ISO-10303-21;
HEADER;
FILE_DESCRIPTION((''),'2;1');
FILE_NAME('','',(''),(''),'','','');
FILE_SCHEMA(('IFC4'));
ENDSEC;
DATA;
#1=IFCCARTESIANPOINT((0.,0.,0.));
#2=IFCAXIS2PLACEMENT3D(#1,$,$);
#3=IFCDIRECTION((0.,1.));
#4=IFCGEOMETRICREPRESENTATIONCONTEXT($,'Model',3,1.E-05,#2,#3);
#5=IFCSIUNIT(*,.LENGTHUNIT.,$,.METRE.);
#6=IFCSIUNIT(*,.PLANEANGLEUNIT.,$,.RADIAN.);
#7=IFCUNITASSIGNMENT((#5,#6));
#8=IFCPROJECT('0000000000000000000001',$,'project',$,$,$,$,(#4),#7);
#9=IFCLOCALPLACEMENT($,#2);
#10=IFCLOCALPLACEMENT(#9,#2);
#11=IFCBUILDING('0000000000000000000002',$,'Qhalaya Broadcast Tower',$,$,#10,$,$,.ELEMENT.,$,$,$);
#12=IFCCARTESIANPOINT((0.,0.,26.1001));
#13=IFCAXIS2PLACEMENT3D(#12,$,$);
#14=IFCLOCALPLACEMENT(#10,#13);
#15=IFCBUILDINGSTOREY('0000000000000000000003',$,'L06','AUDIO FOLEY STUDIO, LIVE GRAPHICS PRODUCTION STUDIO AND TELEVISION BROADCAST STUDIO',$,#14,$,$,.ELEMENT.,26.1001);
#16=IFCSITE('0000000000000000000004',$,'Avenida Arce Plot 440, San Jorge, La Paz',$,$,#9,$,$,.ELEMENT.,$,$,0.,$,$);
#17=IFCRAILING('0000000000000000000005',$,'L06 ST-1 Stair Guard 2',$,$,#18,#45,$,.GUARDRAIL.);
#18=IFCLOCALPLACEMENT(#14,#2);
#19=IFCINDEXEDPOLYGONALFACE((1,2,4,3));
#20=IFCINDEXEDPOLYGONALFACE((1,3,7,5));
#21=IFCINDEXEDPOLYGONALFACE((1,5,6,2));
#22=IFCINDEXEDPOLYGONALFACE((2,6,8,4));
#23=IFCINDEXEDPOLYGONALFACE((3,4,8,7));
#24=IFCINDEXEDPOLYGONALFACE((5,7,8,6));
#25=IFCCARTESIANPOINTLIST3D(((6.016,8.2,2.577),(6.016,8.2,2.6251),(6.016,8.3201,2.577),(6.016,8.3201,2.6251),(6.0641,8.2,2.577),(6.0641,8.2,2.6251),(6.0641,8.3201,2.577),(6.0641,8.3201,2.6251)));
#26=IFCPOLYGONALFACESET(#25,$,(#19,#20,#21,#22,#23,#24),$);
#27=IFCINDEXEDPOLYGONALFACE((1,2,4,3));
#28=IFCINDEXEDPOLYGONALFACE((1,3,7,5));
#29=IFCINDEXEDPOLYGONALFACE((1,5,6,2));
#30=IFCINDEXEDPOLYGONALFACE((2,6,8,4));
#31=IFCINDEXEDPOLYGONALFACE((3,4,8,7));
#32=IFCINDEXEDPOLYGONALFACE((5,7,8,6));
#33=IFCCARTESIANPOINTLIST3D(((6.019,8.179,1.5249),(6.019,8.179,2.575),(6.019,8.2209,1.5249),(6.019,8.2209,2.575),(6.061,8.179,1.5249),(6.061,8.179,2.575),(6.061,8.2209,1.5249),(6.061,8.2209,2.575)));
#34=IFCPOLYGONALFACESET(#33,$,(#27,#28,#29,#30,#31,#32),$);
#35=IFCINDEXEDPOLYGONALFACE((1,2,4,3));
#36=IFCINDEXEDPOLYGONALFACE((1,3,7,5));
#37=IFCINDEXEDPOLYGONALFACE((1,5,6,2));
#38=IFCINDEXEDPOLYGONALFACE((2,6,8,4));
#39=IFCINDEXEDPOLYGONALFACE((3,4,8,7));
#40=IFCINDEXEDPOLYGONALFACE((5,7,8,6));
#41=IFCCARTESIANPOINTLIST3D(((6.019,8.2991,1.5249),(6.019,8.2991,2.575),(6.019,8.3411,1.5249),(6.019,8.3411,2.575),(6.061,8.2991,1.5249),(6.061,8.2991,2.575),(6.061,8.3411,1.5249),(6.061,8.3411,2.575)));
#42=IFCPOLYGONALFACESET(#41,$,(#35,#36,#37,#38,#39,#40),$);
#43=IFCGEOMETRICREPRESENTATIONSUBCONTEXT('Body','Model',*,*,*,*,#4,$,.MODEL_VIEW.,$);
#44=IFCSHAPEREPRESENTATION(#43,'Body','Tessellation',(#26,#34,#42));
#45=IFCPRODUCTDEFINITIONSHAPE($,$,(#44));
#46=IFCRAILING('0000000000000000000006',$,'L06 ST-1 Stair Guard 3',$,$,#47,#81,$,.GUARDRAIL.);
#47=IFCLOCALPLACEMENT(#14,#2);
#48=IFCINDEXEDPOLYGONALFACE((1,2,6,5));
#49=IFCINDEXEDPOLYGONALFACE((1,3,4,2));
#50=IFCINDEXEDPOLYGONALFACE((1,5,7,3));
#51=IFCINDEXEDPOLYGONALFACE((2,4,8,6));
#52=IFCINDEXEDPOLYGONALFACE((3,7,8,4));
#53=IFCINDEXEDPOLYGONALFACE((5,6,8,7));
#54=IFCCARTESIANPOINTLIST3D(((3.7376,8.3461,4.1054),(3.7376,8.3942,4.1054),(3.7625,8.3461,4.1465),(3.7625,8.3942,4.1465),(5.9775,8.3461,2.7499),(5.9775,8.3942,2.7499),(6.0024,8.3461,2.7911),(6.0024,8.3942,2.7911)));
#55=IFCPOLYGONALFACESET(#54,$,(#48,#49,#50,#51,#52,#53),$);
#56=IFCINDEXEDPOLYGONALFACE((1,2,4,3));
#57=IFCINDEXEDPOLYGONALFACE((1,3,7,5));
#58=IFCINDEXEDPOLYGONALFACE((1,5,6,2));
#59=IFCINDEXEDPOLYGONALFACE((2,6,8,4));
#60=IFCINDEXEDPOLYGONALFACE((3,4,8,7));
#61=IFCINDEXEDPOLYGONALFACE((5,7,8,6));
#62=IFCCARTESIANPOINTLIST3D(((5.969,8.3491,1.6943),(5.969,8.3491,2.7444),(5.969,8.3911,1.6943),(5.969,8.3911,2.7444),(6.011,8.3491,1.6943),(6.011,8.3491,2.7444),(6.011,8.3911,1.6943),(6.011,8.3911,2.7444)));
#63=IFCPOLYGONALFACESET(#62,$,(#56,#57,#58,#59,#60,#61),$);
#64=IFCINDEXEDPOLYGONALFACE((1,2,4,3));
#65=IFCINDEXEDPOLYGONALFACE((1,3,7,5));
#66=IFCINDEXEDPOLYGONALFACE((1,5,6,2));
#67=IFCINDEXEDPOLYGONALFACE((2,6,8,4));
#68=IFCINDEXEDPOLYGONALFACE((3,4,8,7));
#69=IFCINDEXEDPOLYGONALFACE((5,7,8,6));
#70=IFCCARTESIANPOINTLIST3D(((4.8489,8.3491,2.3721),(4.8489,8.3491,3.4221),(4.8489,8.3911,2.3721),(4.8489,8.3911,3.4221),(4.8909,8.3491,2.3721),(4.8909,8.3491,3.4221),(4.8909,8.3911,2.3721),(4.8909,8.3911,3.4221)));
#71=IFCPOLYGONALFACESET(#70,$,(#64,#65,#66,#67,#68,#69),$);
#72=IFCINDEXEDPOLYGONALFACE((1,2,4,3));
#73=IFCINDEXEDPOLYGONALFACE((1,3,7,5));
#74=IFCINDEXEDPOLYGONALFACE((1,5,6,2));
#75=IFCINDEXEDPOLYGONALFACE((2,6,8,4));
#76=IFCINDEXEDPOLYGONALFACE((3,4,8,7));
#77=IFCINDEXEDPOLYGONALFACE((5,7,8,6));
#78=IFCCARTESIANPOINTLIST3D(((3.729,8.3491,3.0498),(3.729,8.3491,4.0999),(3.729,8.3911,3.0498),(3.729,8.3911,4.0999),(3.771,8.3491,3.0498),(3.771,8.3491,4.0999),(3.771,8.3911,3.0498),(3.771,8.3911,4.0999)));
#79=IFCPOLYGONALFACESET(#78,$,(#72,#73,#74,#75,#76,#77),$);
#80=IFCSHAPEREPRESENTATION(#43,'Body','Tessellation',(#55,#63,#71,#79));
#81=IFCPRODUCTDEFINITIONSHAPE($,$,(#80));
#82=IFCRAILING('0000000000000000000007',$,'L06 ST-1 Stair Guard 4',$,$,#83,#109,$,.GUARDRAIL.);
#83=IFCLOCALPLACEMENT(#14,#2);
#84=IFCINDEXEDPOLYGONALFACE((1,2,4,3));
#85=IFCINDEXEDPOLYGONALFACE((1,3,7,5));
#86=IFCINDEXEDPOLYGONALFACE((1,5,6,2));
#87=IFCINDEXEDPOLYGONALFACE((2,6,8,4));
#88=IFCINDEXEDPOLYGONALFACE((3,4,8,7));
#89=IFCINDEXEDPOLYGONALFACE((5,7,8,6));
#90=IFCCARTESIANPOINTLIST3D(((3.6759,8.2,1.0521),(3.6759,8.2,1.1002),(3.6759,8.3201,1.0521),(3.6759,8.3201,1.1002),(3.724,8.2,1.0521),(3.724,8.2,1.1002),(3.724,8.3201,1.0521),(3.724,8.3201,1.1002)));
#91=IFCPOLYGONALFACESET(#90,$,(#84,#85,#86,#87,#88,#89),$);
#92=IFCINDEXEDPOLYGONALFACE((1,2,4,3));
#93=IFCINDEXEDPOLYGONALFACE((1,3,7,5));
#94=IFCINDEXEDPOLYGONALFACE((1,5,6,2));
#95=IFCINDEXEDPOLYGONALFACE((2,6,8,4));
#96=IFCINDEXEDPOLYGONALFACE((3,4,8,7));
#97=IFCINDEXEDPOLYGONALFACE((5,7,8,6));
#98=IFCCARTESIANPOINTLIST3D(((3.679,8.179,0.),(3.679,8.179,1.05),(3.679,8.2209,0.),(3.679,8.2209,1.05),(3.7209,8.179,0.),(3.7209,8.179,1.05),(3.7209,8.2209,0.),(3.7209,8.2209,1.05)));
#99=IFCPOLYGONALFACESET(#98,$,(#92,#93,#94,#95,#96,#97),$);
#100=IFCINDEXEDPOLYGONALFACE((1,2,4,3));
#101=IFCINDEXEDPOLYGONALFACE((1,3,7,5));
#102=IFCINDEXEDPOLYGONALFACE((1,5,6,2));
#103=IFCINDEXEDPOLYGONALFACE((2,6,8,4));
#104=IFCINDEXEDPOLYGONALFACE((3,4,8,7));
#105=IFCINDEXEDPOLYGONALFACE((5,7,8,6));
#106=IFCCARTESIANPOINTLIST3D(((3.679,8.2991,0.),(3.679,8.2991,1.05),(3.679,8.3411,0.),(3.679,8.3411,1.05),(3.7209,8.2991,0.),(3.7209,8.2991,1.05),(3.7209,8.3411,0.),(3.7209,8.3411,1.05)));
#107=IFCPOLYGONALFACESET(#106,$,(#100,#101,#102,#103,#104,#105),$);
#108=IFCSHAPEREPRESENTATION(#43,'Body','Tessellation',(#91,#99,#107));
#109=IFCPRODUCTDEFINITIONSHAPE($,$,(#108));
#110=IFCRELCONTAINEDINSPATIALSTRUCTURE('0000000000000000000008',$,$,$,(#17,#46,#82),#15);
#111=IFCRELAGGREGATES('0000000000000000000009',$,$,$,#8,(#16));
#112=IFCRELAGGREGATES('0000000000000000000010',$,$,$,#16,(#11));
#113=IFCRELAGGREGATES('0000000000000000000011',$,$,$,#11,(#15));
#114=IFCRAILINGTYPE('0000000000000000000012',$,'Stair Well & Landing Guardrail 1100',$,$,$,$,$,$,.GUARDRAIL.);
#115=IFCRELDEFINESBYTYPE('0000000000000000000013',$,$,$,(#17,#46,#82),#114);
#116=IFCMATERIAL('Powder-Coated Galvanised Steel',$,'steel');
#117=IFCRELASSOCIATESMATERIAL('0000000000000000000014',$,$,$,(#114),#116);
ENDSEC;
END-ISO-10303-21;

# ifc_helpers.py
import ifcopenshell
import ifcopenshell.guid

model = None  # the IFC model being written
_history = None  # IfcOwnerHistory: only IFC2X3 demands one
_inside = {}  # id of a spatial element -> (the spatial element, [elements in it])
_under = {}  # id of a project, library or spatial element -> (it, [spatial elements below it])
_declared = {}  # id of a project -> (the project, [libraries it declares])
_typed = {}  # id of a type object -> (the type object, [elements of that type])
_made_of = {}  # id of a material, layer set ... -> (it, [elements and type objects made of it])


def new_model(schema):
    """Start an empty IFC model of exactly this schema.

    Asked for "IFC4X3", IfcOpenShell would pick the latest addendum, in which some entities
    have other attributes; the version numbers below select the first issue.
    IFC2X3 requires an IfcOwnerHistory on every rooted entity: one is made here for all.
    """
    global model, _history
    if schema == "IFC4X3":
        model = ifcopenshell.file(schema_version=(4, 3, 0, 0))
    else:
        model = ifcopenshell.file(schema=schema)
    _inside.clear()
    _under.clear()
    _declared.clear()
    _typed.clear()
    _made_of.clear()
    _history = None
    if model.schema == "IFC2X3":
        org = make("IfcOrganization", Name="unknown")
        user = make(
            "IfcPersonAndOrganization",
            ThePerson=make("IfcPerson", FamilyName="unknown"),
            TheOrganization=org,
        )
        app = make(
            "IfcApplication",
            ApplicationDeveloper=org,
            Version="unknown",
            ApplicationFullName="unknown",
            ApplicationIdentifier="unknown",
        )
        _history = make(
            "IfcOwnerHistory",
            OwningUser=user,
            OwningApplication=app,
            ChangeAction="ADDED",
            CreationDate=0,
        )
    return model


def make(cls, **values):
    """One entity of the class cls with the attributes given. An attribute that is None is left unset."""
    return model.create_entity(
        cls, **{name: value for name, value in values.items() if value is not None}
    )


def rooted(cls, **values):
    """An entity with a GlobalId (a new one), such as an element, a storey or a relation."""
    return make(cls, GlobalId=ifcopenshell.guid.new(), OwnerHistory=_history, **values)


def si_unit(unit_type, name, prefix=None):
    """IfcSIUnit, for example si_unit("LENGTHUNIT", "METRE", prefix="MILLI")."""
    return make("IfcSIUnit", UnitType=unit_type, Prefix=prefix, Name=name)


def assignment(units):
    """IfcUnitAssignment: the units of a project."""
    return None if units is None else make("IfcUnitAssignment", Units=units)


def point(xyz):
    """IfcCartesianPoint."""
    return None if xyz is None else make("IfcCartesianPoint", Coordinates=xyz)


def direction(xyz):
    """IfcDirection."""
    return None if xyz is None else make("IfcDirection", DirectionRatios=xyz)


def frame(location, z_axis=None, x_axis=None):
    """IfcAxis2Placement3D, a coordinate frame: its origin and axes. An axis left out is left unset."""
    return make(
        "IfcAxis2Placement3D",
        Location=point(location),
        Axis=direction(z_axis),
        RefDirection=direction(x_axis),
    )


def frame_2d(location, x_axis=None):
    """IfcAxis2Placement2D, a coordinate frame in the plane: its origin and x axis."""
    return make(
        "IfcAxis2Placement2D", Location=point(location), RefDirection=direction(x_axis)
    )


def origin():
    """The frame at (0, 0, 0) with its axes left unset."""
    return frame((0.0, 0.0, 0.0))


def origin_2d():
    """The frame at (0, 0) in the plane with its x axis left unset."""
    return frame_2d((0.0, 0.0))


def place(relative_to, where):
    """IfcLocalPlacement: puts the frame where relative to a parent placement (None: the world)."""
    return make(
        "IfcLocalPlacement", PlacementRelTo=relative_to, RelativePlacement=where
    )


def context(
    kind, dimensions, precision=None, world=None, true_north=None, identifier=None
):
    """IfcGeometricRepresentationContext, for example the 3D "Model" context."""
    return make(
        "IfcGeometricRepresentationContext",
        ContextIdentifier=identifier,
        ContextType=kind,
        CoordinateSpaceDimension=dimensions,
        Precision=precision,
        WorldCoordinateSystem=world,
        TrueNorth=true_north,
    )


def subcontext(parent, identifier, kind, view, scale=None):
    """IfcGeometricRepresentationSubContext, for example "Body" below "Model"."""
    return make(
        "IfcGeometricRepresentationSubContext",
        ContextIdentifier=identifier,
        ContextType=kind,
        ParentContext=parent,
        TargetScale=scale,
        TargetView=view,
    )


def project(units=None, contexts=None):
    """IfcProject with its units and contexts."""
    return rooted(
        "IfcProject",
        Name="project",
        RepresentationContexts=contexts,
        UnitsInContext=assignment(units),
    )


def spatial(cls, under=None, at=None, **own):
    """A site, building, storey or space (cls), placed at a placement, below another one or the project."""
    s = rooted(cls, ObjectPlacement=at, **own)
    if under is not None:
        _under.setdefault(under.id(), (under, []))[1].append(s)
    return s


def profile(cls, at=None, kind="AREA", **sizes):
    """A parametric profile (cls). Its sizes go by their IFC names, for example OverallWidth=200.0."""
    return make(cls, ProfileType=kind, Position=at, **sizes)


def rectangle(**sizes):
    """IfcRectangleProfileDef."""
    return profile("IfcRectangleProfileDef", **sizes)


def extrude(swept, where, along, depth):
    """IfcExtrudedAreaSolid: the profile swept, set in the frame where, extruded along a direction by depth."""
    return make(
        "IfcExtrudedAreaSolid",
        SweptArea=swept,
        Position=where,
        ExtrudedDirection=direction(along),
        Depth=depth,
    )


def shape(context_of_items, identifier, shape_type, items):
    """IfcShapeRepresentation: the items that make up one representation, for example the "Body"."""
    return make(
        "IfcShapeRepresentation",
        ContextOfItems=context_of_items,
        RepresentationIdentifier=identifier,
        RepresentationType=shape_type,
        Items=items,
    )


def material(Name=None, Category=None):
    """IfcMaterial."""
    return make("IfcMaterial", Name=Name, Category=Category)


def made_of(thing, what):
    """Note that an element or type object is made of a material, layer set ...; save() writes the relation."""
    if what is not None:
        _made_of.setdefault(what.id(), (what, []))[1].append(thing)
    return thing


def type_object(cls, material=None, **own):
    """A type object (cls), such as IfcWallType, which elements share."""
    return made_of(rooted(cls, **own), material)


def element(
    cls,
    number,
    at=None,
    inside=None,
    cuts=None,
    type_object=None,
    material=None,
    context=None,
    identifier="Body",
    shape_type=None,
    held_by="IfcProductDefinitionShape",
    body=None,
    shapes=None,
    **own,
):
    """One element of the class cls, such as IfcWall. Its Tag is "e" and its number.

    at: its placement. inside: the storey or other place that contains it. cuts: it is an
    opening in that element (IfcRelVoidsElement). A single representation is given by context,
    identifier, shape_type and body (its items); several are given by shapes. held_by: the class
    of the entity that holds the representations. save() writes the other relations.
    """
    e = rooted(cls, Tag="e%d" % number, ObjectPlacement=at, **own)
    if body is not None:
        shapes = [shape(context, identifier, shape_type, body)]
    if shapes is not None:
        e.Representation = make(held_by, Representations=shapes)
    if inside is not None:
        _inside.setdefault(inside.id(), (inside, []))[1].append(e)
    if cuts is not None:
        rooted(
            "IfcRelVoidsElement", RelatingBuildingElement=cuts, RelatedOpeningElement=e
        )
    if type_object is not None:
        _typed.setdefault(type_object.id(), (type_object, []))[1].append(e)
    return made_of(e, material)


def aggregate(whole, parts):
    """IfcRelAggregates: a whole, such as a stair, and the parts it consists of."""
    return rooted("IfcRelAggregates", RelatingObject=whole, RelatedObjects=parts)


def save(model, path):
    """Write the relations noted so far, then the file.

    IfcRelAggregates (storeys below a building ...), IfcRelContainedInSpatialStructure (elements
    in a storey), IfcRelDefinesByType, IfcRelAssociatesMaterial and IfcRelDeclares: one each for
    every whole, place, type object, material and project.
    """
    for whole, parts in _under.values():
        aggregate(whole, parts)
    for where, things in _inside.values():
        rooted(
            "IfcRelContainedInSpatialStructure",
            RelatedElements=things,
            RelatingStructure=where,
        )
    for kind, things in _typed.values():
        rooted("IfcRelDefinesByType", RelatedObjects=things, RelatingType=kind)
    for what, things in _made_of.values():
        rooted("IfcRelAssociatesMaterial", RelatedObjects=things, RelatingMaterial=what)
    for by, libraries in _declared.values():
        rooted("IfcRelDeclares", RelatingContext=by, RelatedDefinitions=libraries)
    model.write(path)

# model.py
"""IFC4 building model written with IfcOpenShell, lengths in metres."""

from ifc_helpers import new_model, si_unit, direction, frame, origin, origin_2d, place, context, subcontext, project, spatial, rectangle, extrude, material, type_object, element, save


model = new_model("IFC4")

# Units and contexts
model_context = context("Model", 3, precision=1e-05, world=origin(), true_north=direction((0.0, 1.0)))
body_context = subcontext(model_context, "Body", "Model", "MODEL_VIEW")
ifc_project = project(units=[si_unit("LENGTHUNIT", "METRE"), si_unit("PLANEANGLEUNIT", "RADIAN")], contexts=[model_context])

# Site, building, storey
site_placement = place(None, origin())
site = spatial("IfcSite", under=ifc_project, at=site_placement, Name="Avenida Arce Plot 440, San Jorge, La Paz", CompositionType="ELEMENT", RefElevation=0.0)
building_placement = place(site_placement, origin())
building = spatial("IfcBuilding", under=site, at=building_placement, Name="Qhalaya Broadcast Tower", CompositionType="ELEMENT")
storey_placement = place(building_placement, frame((0.0, 0.0, 26.1001)))
storey = spatial("IfcBuildingStorey", under=building, at=storey_placement, Name="L06", Description="AUDIO FOLEY STUDIO, LIVE GRAPHICS PRODUCTION STUDIO AND TELEVISION BROADCAST STUDIO", CompositionType="ELEMENT", Elevation=26.1001)

# Railings
ifc_material_1 = material(Name="Powder-Coated Galvanised Steel", Category="steel")
railing_type_1 = type_object("IfcRailingType", Name="Stair Well & Landing Guardrail 1100", PredefinedType="GUARDRAIL", material=ifc_material_1)
railing_1_placement = place(storey_placement, frame((6.04, 8.2, 1.5249)))
element("IfcRailing", 1, at=railing_1_placement, inside=storey, type_object=railing_type_1, Name="L06 ST-1 Stair Guard 2", PredefinedType="GUARDRAIL", context=body_context, shape_type="SweptSolid", body=[
    extrude(rectangle(XDim=0.0481, YDim=0.0481, at=origin_2d()), frame((0.0, 0.0, 1.0762), z_axis=(0.0, 1.0, 0.0), x_axis=(-1.0, 0.0, 0.0)), (0.0, 0.0, 1.0), 0.1201),
    extrude(rectangle(XDim=0.042, YDim=0.042, at=origin_2d()), origin(), (0.0, 0.0, 1.0), 1.05),
    extrude(rectangle(XDim=0.042, YDim=0.042, at=origin_2d()), frame((0.0, 0.1201, 0.0)), (0.0, 0.0, 1.0), 1.05),
])
railing_2_placement = place(storey_placement, frame((5.99, 8.3701, 1.6943)))
element("IfcRailing", 2, at=railing_2_placement, inside=storey, type_object=railing_type_1, Name="L06 ST-1 Stair Guard 3", PredefinedType="GUARDRAIL", context=body_context, shape_type="SweptSolid", body=[
    extrude(rectangle(XDim=0.0481, YDim=0.0481, at=origin_2d()), frame((0.0, 0.0, 1.0762), z_axis=(-0.855553, 0.0, 0.517715), x_axis=(0.0, -1.0, 0.0)), (0.0, 0.0, 1.0), 2.6182),
    extrude(rectangle(XDim=0.042, YDim=0.042, at=origin_2d()), origin(), (0.0, 0.0, 1.0), 1.05),
    extrude(rectangle(XDim=0.042, YDim=0.042, at=origin_2d()), frame((-1.1201, 0.0, 0.6777)), (0.0, 0.0, 1.0), 1.05),
    extrude(rectangle(XDim=0.042, YDim=0.042, at=origin_2d()), frame((-2.24, 0.0, 1.3555)), (0.0, 0.0, 1.0), 1.05),
])
railing_3_placement = place(storey_placement, frame((3.7, 8.2, 0.0)))
element("IfcRailing", 3, at=railing_3_placement, inside=storey, type_object=railing_type_1, Name="L06 ST-1 Stair Guard 4", PredefinedType="GUARDRAIL", context=body_context, shape_type="SweptSolid", body=[
    extrude(rectangle(XDim=0.0481, YDim=0.0481, at=origin_2d()), frame((0.0, 0.0, 1.0762), z_axis=(0.0, 1.0, 0.0), x_axis=(-1.0, 0.0, 0.0)), (0.0, 0.0, 1.0), 0.1201),
    extrude(rectangle(XDim=0.042, YDim=0.042, at=origin_2d()), origin(), (0.0, 0.0, 1.0), 1.05),
    extrude(rectangle(XDim=0.042, YDim=0.042, at=origin_2d()), frame((0.0, 0.1201, 0.0)), (0.0, 0.0, 1.0), 1.05),
])

save(model, "model.ifc")
